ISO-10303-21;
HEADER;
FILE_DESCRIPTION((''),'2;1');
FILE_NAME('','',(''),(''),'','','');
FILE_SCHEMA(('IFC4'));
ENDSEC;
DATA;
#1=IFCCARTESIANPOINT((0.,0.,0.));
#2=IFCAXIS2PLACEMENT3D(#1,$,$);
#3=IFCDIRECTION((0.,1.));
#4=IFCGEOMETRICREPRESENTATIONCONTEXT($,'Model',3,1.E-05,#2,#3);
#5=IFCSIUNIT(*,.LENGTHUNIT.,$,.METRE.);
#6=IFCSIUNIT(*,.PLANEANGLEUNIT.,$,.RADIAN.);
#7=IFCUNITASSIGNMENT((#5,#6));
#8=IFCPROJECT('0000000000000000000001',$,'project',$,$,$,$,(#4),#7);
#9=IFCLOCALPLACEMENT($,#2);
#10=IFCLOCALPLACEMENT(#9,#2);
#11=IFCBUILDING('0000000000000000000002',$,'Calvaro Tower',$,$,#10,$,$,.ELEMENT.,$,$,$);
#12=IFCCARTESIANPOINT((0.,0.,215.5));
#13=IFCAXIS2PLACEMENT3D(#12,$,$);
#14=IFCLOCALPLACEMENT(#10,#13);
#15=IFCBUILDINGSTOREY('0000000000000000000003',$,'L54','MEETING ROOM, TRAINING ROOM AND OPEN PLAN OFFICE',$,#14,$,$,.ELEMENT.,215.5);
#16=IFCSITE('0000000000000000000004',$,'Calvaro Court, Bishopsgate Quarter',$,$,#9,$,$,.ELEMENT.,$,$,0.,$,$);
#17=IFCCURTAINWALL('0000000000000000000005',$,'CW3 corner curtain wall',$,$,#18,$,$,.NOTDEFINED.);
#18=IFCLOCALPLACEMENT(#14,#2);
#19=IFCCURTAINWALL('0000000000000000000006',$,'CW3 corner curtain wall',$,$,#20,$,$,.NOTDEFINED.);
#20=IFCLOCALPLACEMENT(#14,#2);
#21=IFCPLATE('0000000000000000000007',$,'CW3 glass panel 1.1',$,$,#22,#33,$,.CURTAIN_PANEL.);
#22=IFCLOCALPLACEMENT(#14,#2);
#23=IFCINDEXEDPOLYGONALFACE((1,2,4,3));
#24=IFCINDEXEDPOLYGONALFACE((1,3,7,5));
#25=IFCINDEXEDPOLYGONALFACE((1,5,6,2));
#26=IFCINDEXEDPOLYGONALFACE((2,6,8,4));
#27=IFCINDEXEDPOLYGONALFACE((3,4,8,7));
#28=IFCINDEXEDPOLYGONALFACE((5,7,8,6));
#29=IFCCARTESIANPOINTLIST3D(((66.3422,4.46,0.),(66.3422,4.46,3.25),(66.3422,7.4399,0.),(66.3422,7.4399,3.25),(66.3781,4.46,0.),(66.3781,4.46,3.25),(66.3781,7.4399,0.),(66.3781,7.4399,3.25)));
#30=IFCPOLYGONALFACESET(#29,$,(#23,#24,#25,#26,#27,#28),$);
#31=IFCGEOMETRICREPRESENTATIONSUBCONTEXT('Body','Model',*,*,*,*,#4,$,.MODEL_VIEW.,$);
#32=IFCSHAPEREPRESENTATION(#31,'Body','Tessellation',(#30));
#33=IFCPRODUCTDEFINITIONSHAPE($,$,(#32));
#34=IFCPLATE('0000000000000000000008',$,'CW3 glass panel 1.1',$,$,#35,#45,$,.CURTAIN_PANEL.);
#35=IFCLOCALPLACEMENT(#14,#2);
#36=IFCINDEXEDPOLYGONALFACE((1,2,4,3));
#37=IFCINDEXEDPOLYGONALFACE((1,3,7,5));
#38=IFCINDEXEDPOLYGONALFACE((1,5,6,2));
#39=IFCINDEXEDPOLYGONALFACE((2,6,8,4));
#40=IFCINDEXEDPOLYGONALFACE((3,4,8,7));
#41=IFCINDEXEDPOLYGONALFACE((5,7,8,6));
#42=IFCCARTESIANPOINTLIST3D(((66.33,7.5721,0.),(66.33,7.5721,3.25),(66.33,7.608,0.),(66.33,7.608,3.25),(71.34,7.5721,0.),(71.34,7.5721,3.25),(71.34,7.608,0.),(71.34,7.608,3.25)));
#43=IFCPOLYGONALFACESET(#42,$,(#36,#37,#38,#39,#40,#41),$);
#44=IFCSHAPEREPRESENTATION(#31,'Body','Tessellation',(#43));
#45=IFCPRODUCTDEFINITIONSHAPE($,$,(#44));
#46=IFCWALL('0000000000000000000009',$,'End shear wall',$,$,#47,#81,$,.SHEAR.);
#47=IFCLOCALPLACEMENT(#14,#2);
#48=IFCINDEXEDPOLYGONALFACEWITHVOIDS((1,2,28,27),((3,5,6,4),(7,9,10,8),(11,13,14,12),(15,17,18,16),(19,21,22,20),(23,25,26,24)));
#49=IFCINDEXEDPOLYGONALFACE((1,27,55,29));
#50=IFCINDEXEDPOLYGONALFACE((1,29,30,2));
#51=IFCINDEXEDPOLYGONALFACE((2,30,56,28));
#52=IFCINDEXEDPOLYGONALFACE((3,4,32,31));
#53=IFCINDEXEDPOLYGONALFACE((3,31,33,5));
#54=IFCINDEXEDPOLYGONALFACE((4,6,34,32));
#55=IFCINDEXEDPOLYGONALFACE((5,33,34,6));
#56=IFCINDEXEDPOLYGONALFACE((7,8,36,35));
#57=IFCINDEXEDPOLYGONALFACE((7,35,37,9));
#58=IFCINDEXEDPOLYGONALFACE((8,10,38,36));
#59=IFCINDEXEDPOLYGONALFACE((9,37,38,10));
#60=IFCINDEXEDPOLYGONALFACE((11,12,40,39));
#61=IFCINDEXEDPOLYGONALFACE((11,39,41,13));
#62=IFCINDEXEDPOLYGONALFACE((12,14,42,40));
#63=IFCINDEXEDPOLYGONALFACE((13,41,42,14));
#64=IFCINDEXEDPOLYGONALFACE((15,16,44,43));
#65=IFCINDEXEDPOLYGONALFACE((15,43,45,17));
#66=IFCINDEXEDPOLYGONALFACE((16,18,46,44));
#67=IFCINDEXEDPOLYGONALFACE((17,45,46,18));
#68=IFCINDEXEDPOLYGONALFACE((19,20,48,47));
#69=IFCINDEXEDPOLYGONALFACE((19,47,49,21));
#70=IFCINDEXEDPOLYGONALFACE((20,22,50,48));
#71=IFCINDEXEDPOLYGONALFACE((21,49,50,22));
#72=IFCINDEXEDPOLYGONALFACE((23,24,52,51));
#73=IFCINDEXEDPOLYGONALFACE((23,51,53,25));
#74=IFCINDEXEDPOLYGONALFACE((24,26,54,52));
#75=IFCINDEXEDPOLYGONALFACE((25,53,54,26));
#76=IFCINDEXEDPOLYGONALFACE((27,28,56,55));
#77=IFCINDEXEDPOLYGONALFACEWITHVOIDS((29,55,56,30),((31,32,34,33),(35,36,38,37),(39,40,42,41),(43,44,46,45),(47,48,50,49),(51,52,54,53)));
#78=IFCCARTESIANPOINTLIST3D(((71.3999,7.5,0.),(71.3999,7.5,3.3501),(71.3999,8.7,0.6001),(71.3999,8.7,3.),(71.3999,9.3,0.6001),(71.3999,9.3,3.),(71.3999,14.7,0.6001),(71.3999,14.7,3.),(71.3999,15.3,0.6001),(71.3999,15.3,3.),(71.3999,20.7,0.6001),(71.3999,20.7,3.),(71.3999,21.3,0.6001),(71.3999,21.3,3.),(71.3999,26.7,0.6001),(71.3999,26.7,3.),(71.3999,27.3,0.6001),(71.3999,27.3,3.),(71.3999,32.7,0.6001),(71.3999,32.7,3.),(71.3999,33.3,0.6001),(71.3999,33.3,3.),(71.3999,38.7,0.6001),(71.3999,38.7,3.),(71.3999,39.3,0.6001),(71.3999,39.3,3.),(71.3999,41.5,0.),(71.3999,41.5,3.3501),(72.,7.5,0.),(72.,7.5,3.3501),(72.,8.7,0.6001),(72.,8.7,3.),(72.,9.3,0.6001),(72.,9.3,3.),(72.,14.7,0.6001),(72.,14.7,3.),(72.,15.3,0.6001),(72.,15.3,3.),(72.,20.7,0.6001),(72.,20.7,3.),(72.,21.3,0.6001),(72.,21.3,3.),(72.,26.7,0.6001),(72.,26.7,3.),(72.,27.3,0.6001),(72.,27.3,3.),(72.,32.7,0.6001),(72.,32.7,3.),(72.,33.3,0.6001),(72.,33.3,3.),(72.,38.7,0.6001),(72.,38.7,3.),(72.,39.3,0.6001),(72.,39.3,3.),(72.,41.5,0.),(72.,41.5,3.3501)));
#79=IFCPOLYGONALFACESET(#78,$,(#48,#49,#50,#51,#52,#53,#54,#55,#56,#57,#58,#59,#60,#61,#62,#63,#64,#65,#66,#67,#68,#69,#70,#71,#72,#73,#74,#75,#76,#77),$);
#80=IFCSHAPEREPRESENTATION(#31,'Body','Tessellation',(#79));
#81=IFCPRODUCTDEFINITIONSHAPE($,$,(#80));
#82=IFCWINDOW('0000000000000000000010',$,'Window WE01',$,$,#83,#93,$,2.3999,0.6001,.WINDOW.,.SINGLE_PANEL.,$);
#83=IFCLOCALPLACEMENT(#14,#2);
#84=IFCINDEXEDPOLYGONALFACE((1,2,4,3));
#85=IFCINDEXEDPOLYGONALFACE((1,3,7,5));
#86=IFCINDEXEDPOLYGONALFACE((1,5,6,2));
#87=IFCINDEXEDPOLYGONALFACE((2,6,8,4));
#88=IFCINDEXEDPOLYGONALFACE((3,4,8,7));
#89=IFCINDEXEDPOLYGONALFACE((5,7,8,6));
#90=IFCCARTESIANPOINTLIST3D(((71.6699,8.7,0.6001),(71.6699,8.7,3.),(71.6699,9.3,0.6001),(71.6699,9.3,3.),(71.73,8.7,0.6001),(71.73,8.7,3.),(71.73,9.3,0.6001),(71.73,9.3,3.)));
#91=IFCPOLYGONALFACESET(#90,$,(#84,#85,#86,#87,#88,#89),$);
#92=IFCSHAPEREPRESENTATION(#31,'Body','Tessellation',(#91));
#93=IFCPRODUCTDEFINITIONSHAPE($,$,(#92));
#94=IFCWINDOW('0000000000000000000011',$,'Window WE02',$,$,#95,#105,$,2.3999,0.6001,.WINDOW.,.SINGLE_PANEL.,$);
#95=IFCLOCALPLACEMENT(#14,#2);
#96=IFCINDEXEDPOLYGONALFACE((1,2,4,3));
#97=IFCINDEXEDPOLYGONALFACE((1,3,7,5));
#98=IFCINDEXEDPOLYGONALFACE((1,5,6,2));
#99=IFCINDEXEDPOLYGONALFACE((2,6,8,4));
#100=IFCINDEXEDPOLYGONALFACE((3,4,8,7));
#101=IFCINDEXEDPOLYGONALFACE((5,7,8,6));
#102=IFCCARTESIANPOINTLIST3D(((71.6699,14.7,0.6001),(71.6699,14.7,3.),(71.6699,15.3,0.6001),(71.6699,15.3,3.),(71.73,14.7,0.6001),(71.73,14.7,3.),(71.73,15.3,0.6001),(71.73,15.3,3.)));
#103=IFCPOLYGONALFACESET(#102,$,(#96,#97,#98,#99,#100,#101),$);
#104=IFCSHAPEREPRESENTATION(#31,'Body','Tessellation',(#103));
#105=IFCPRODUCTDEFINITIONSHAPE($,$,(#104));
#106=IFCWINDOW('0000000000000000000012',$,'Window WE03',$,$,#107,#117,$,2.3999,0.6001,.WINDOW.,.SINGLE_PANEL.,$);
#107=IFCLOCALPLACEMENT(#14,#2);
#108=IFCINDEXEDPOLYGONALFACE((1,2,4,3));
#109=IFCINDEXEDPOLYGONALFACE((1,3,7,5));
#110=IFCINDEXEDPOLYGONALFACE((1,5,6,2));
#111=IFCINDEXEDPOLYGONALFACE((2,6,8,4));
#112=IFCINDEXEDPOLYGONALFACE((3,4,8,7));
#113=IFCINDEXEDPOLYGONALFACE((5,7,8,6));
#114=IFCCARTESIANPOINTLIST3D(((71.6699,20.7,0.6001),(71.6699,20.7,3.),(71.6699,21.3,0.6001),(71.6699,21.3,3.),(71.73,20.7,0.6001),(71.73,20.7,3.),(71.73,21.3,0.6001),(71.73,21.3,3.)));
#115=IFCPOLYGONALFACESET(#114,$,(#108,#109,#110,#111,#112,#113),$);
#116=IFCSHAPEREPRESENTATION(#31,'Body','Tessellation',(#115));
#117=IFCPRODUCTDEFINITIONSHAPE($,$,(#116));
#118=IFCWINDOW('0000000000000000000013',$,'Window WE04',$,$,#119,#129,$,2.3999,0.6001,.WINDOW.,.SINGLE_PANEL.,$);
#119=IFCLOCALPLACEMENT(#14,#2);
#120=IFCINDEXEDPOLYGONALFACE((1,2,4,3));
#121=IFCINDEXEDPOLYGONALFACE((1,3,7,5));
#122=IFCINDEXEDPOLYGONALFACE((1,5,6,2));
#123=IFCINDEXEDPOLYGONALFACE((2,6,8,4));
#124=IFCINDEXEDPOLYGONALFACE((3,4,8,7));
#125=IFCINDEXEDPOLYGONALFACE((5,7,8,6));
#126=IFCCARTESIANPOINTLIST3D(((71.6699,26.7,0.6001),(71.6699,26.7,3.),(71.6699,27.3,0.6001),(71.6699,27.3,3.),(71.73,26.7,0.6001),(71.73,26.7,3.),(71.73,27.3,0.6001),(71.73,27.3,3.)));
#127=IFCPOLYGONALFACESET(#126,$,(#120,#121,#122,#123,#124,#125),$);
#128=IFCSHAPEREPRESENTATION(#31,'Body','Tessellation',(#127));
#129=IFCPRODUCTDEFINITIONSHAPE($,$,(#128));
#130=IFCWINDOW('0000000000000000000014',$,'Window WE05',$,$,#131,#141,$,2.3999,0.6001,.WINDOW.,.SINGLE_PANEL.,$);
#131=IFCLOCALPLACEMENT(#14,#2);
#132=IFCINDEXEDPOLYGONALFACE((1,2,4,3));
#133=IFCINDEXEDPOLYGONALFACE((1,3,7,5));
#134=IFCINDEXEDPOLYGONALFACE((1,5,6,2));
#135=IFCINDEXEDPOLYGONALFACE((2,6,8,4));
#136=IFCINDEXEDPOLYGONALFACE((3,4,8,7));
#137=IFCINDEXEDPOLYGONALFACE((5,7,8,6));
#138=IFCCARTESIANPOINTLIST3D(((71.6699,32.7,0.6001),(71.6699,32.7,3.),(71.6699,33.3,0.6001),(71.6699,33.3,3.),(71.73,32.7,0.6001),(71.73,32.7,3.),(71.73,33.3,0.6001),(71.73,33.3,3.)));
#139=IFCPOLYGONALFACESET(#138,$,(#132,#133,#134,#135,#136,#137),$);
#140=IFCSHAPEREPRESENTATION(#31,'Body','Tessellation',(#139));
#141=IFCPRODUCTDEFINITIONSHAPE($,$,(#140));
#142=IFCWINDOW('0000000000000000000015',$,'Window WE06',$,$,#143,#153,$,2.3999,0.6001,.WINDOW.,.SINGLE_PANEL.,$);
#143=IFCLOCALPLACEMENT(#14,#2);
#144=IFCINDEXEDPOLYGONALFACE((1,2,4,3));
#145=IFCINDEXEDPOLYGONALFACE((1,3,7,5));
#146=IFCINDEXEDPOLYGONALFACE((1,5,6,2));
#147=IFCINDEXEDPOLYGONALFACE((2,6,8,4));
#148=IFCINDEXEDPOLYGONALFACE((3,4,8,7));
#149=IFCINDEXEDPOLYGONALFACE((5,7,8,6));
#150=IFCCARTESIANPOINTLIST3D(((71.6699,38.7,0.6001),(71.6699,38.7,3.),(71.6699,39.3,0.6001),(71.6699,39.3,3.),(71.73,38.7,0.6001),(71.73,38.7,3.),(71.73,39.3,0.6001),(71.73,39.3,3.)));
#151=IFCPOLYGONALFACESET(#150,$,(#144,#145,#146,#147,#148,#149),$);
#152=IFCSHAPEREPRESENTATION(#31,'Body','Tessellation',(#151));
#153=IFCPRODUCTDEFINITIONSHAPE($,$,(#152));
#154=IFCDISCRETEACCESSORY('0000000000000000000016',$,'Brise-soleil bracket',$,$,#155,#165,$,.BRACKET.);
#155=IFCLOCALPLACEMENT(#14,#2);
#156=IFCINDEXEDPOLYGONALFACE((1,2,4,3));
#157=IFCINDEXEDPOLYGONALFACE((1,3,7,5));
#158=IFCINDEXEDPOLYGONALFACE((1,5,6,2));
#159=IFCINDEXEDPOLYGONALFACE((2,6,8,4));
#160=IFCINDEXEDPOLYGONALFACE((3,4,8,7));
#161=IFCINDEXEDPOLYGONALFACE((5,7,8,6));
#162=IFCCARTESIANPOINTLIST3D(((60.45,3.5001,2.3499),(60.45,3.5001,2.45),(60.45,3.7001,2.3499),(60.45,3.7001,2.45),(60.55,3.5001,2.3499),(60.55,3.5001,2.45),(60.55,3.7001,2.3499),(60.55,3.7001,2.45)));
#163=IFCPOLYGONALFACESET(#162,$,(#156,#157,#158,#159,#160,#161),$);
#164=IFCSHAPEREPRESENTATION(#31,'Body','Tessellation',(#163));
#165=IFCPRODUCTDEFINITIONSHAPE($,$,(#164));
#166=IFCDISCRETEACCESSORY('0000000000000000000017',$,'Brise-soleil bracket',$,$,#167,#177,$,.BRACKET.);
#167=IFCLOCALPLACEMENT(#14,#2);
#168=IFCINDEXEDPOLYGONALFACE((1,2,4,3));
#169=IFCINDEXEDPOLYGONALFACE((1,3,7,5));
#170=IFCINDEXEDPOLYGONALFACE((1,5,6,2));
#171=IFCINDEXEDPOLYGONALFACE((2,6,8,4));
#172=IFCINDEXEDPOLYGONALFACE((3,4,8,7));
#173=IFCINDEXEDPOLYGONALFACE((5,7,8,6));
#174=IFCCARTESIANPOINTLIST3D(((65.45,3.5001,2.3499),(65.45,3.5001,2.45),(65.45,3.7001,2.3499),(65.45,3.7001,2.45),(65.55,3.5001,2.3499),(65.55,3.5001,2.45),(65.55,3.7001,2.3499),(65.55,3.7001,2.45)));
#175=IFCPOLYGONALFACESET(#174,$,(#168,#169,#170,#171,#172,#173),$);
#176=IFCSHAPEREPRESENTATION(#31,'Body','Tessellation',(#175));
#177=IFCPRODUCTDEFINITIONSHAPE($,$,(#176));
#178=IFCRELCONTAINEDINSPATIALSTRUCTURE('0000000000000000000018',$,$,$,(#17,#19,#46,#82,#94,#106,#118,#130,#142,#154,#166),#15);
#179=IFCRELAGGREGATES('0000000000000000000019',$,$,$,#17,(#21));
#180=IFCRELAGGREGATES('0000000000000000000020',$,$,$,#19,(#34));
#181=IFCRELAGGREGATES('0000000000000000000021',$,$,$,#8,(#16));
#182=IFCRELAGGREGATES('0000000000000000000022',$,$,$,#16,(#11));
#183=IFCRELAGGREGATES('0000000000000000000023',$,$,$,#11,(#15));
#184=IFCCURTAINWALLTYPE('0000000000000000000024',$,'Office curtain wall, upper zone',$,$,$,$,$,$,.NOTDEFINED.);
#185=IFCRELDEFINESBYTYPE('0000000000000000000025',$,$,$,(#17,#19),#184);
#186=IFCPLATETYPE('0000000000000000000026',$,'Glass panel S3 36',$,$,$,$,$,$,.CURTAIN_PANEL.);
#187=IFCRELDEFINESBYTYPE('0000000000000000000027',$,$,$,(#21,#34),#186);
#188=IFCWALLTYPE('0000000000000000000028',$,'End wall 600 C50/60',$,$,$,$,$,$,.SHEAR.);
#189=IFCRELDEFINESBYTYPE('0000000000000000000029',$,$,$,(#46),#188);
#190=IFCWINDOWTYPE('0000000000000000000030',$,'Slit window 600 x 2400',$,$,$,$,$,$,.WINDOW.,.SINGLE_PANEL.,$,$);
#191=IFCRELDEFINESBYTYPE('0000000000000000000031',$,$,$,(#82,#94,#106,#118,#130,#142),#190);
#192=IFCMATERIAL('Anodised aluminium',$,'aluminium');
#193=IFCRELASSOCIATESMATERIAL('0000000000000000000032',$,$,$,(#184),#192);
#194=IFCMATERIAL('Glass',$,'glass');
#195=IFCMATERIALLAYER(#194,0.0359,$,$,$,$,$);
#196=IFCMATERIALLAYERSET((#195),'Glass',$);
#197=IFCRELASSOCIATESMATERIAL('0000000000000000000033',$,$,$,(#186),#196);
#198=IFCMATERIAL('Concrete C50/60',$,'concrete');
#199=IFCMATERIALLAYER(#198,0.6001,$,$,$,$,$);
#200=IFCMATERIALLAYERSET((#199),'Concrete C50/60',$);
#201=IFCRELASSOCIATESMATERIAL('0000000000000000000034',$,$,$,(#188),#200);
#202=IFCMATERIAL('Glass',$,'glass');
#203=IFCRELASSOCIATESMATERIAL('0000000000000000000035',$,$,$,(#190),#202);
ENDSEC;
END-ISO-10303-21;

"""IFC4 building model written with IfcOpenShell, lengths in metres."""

from ifc_helpers import new_model, si_unit, direction, frame, frame_2d, origin, origin_2d, place, context, subcontext, project, spatial, rectangle, extrude, material, layer, layer_set, type_object, element, fill, aggregate, save


model = new_model("IFC4")

# Units and contexts
model_context = context("Model", 3, precision=1e-05, world=origin(), true_north=direction((0.0, 1.0)))
body_context = subcontext(model_context, "Body", "Model", "MODEL_VIEW")
ifc_project = project(units=[si_unit("LENGTHUNIT", "METRE"), si_unit("PLANEANGLEUNIT", "RADIAN")], contexts=[model_context])

# Site, building, storey
site_placement = place(None, origin())
site = spatial("IfcSite", under=ifc_project, at=site_placement, Name="Calvaro Court, Bishopsgate Quarter", CompositionType="ELEMENT", RefElevation=0.0)
building_placement = place(site_placement, origin())
building = spatial("IfcBuilding", under=site, at=building_placement, Name="Calvaro Tower", CompositionType="ELEMENT")
storey_placement = place(building_placement, frame((0.0, 0.0, 215.5)))
storey = spatial("IfcBuildingStorey", under=building, at=storey_placement, Name="L54", Description="MEETING ROOM, TRAINING ROOM AND OPEN PLAN OFFICE", CompositionType="ELEMENT", Elevation=215.5)

# Curtain walls
ifc_material_1 = material(Name="Anodised aluminium", Category="aluminium")
curtain_wall_type = type_object("IfcCurtainWallType", Name="Office curtain wall, upper zone", PredefinedType="NOTDEFINED", material=ifc_material_1)
curtain_wall_1_placement = place(storey_placement, origin())
curtain_wall_1 = element("IfcCurtainWall", 1, at=curtain_wall_1_placement, inside=storey, type_object=curtain_wall_type, Name="CW3 corner curtain wall", PredefinedType="NOTDEFINED")
curtain_wall_2_placement = place(storey_placement, origin())
curtain_wall_2 = element("IfcCurtainWall", 2, at=curtain_wall_2_placement, inside=storey, type_object=curtain_wall_type, Name="CW3 corner curtain wall", PredefinedType="NOTDEFINED")

# Plates
ifc_material_2 = material(Name="Glass", Category="glass")
ifc_layer_1 = layer(ifc_material_2, 0.0359)
ifc_layer_set_1 = layer_set([ifc_layer_1], Name="Glass")
plate_type = type_object("IfcPlateType", Name="Glass panel S3 36", PredefinedType="CURTAIN_PANEL", material=ifc_layer_set_1)
plate_1_placement = place(storey_placement, frame((66.3601, 5.95, 0.0), z_axis=(0.0, 0.0, 1.0), x_axis=(0.0, 1.0, 0.0)))
plate_1 = element("IfcPlate", 3, at=plate_1_placement, type_object=plate_type, Name="CW3 glass panel 1.1", PredefinedType="CURTAIN_PANEL", context=body_context, shape_type="SweptSolid", body=[
    extrude(rectangle(XDim=2.98, YDim=0.0359, at=origin_2d()), origin(), (0.0, 0.0, 1.0), 3.25),
])
aggregate(curtain_wall_1, [plate_1])
plate_2_placement = place(storey_placement, frame((68.835, 7.5901, 0.0), z_axis=(0.0, 0.0, 1.0), x_axis=(1.0, 0.0, 0.0)))
plate_2 = element("IfcPlate", 4, at=plate_2_placement, type_object=plate_type, Name="CW3 glass panel 1.1", PredefinedType="CURTAIN_PANEL", context=body_context, shape_type="SweptSolid", body=[
    extrude(rectangle(XDim=5.01, YDim=0.0359, at=origin_2d()), origin(), (0.0, 0.0, 1.0), 3.25),
])
aggregate(curtain_wall_2, [plate_2])

# Wall, openings, windows
ifc_material_3 = material(Name="Concrete C50/60", Category="concrete")
ifc_layer_2 = layer(ifc_material_3, 0.6001)
ifc_layer_set_2 = layer_set([ifc_layer_2], Name="Concrete C50/60")
wall_type = type_object("IfcWallType", Name="End wall 600 C50/60", PredefinedType="SHEAR", material=ifc_layer_set_2)
wall_placement = place(storey_placement, frame((71.7, 7.5, 0.0), z_axis=(0.0, 0.0, 1.0), x_axis=(0.0, 1.0, 0.0)))
wall = element("IfcWall", 5, at=wall_placement, inside=storey, type_object=wall_type, Name="End shear wall", PredefinedType="SHEAR", context=body_context, shape_type="SweptSolid", body=[
    extrude(rectangle(XDim=34.0, YDim=0.6001, at=frame_2d((17.0, 0.0))), origin(), (0.0, 0.0, 1.0), 3.3501),
])
opening_1_placement = place(wall_placement, frame((1.2, 0.0, 0.6001)))
opening_1 = element("IfcOpeningElement", 6, at=opening_1_placement, cuts=wall, PredefinedType="OPENING", context=body_context, shape_type="SweptSolid", body=[
    extrude(rectangle(XDim=0.6001, YDim=2.3999, at=frame_2d((0.3, 1.2))), frame((0.0, 0.3101, 0.0), z_axis=(0.0, -1.0, 0.0), x_axis=(1.0, 0.0, 0.0)), (0.0, 0.0, 1.0), 0.6201),
])
opening_2_placement = place(wall_placement, frame((7.2, 0.0, 0.6001)))
opening_2 = element("IfcOpeningElement", 7, at=opening_2_placement, cuts=wall, PredefinedType="OPENING", context=body_context, shape_type="SweptSolid", body=[
    extrude(rectangle(XDim=0.6001, YDim=2.3999, at=frame_2d((0.3, 1.2))), frame((0.0, 0.3101, 0.0), z_axis=(0.0, -1.0, 0.0), x_axis=(1.0, 0.0, 0.0)), (0.0, 0.0, 1.0), 0.6201),
])
opening_3_placement = place(wall_placement, frame((13.2, 0.0, 0.6001)))
opening_3 = element("IfcOpeningElement", 8, at=opening_3_placement, cuts=wall, PredefinedType="OPENING", context=body_context, shape_type="SweptSolid", body=[
    extrude(rectangle(XDim=0.6001, YDim=2.3999, at=frame_2d((0.3, 1.2))), frame((0.0, 0.3101, 0.0), z_axis=(0.0, -1.0, 0.0), x_axis=(1.0, 0.0, 0.0)), (0.0, 0.0, 1.0), 0.6201),
])
opening_4_placement = place(wall_placement, frame((19.2, 0.0, 0.6001)))
opening_4 = element("IfcOpeningElement", 9, at=opening_4_placement, cuts=wall, PredefinedType="OPENING", context=body_context, shape_type="SweptSolid", body=[
    extrude(rectangle(XDim=0.6001, YDim=2.3999, at=frame_2d((0.3, 1.2))), frame((0.0, 0.3101, 0.0), z_axis=(0.0, -1.0, 0.0), x_axis=(1.0, 0.0, 0.0)), (0.0, 0.0, 1.0), 0.6201),
])
opening_5_placement = place(wall_placement, frame((25.2, 0.0, 0.6001)))
opening_5 = element("IfcOpeningElement", 10, at=opening_5_placement, cuts=wall, PredefinedType="OPENING", context=body_context, shape_type="SweptSolid", body=[
    extrude(rectangle(XDim=0.6001, YDim=2.3999, at=frame_2d((0.3, 1.2))), frame((0.0, 0.3101, 0.0), z_axis=(0.0, -1.0, 0.0), x_axis=(1.0, 0.0, 0.0)), (0.0, 0.0, 1.0), 0.6201),
])
opening_6_placement = place(wall_placement, frame((31.2, 0.0, 0.6001)))
opening_6 = element("IfcOpeningElement", 11, at=opening_6_placement, cuts=wall, PredefinedType="OPENING", context=body_context, shape_type="SweptSolid", body=[
    extrude(rectangle(XDim=0.6001, YDim=2.3999, at=frame_2d((0.3, 1.2))), frame((0.0, 0.3101, 0.0), z_axis=(0.0, -1.0, 0.0), x_axis=(1.0, 0.0, 0.0)), (0.0, 0.0, 1.0), 0.6201),
])
ifc_material_4 = material(Name="Glass", Category="glass")
window_type = type_object("IfcWindowType", Name="Slit window 600 x 2400", PartitioningType="SINGLE_PANEL", PredefinedType="WINDOW", material=ifc_material_4)
window_1_placement = place(opening_1_placement, origin())
window_1 = element("IfcWindow", 12, at=window_1_placement, inside=storey, type_object=window_type, Name="Window WE01", OverallHeight=2.3999, OverallWidth=0.6001, PartitioningType="SINGLE_PANEL", PredefinedType="WINDOW", context=body_context, shape_type="SweptSolid", body=[
    extrude(rectangle(XDim=0.6001, YDim=2.3999, at=frame_2d((0.3, 1.2))), frame((0.0, 0.03, 0.0), z_axis=(0.0, -1.0, 0.0), x_axis=(1.0, 0.0, 0.0)), (0.0, 0.0, 1.0), 0.0601),
])
fill(opening_1, window_1)
window_2_placement = place(opening_2_placement, origin())
window_2 = element("IfcWindow", 13, at=window_2_placement, inside=storey, type_object=window_type, Name="Window WE02", OverallHeight=2.3999, OverallWidth=0.6001, PartitioningType="SINGLE_PANEL", PredefinedType="WINDOW", context=body_context, shape_type="SweptSolid", body=[
    extrude(rectangle(XDim=0.6001, YDim=2.3999, at=frame_2d((0.3, 1.2))), frame((0.0, 0.03, 0.0), z_axis=(0.0, -1.0, 0.0), x_axis=(1.0, 0.0, 0.0)), (0.0, 0.0, 1.0), 0.0601),
])
fill(opening_2, window_2)
window_3_placement = place(opening_3_placement, origin())
window_3 = element("IfcWindow", 14, at=window_3_placement, inside=storey, type_object=window_type, Name="Window WE03", OverallHeight=2.3999, OverallWidth=0.6001, PartitioningType="SINGLE_PANEL", PredefinedType="WINDOW", context=body_context, shape_type="SweptSolid", body=[
    extrude(rectangle(XDim=0.6001, YDim=2.3999, at=frame_2d((0.3, 1.2))), frame((0.0, 0.03, 0.0), z_axis=(0.0, -1.0, 0.0), x_axis=(1.0, 0.0, 0.0)), (0.0, 0.0, 1.0), 0.0601),
])
fill(opening_3, window_3)
window_4_placement = place(opening_4_placement, origin())
window_4 = element("IfcWindow", 15, at=window_4_placement, inside=storey, type_object=window_type, Name="Window WE04", OverallHeight=2.3999, OverallWidth=0.6001, PartitioningType="SINGLE_PANEL", PredefinedType="WINDOW", context=body_context, shape_type="SweptSolid", body=[
    extrude(rectangle(XDim=0.6001, YDim=2.3999, at=frame_2d((0.3, 1.2))), frame((0.0, 0.03, 0.0), z_axis=(0.0, -1.0, 0.0), x_axis=(1.0, 0.0, 0.0)), (0.0, 0.0, 1.0), 0.0601),
])
fill(opening_4, window_4)
window_5_placement = place(opening_5_placement, origin())
window_5 = element("IfcWindow", 16, at=window_5_placement, inside=storey, type_object=window_type, Name="Window WE05", OverallHeight=2.3999, OverallWidth=0.6001, PartitioningType="SINGLE_PANEL", PredefinedType="WINDOW", context=body_context, shape_type="SweptSolid", body=[
    extrude(rectangle(XDim=0.6001, YDim=2.3999, at=frame_2d((0.3, 1.2))), frame((0.0, 0.03, 0.0), z_axis=(0.0, -1.0, 0.0), x_axis=(1.0, 0.0, 0.0)), (0.0, 0.0, 1.0), 0.0601),
])
fill(opening_5, window_5)
window_6_placement = place(opening_6_placement, origin())
window_6 = element("IfcWindow", 17, at=window_6_placement, inside=storey, type_object=window_type, Name="Window WE06", OverallHeight=2.3999, OverallWidth=0.6001, PartitioningType="SINGLE_PANEL", PredefinedType="WINDOW", context=body_context, shape_type="SweptSolid", body=[
    extrude(rectangle(XDim=0.6001, YDim=2.3999, at=frame_2d((0.3, 1.2))), frame((0.0, 0.03, 0.0), z_axis=(0.0, -1.0, 0.0), x_axis=(1.0, 0.0, 0.0)), (0.0, 0.0, 1.0), 0.0601),
])
fill(opening_6, window_6)

# Discrete accessories
for number, where, z_axis, x_axis, name in (
    (18, (60.5, 3.6001, 2.3499), (0.0, 0.0, 1.0), (1.0, 0.0, 0.0), "Brise-soleil bracket"),
    (19, (65.5, 3.6001, 2.3499), (0.0, 0.0, 1.0), (1.0, 0.0, 0.0), "Brise-soleil bracket"),
):
    element("IfcDiscreteAccessory", number, at=place(storey_placement, frame(where, z_axis=z_axis, x_axis=x_axis)), inside=storey, Name=name, PredefinedType="BRACKET", context=body_context, shape_type="SweptSolid", body=[
        extrude(rectangle(XDim=0.1001, YDim=0.2, at=origin_2d()), origin(), (0.0, 0.0, 1.0), 0.1001),
    ])

save(model, "model.ifc")
